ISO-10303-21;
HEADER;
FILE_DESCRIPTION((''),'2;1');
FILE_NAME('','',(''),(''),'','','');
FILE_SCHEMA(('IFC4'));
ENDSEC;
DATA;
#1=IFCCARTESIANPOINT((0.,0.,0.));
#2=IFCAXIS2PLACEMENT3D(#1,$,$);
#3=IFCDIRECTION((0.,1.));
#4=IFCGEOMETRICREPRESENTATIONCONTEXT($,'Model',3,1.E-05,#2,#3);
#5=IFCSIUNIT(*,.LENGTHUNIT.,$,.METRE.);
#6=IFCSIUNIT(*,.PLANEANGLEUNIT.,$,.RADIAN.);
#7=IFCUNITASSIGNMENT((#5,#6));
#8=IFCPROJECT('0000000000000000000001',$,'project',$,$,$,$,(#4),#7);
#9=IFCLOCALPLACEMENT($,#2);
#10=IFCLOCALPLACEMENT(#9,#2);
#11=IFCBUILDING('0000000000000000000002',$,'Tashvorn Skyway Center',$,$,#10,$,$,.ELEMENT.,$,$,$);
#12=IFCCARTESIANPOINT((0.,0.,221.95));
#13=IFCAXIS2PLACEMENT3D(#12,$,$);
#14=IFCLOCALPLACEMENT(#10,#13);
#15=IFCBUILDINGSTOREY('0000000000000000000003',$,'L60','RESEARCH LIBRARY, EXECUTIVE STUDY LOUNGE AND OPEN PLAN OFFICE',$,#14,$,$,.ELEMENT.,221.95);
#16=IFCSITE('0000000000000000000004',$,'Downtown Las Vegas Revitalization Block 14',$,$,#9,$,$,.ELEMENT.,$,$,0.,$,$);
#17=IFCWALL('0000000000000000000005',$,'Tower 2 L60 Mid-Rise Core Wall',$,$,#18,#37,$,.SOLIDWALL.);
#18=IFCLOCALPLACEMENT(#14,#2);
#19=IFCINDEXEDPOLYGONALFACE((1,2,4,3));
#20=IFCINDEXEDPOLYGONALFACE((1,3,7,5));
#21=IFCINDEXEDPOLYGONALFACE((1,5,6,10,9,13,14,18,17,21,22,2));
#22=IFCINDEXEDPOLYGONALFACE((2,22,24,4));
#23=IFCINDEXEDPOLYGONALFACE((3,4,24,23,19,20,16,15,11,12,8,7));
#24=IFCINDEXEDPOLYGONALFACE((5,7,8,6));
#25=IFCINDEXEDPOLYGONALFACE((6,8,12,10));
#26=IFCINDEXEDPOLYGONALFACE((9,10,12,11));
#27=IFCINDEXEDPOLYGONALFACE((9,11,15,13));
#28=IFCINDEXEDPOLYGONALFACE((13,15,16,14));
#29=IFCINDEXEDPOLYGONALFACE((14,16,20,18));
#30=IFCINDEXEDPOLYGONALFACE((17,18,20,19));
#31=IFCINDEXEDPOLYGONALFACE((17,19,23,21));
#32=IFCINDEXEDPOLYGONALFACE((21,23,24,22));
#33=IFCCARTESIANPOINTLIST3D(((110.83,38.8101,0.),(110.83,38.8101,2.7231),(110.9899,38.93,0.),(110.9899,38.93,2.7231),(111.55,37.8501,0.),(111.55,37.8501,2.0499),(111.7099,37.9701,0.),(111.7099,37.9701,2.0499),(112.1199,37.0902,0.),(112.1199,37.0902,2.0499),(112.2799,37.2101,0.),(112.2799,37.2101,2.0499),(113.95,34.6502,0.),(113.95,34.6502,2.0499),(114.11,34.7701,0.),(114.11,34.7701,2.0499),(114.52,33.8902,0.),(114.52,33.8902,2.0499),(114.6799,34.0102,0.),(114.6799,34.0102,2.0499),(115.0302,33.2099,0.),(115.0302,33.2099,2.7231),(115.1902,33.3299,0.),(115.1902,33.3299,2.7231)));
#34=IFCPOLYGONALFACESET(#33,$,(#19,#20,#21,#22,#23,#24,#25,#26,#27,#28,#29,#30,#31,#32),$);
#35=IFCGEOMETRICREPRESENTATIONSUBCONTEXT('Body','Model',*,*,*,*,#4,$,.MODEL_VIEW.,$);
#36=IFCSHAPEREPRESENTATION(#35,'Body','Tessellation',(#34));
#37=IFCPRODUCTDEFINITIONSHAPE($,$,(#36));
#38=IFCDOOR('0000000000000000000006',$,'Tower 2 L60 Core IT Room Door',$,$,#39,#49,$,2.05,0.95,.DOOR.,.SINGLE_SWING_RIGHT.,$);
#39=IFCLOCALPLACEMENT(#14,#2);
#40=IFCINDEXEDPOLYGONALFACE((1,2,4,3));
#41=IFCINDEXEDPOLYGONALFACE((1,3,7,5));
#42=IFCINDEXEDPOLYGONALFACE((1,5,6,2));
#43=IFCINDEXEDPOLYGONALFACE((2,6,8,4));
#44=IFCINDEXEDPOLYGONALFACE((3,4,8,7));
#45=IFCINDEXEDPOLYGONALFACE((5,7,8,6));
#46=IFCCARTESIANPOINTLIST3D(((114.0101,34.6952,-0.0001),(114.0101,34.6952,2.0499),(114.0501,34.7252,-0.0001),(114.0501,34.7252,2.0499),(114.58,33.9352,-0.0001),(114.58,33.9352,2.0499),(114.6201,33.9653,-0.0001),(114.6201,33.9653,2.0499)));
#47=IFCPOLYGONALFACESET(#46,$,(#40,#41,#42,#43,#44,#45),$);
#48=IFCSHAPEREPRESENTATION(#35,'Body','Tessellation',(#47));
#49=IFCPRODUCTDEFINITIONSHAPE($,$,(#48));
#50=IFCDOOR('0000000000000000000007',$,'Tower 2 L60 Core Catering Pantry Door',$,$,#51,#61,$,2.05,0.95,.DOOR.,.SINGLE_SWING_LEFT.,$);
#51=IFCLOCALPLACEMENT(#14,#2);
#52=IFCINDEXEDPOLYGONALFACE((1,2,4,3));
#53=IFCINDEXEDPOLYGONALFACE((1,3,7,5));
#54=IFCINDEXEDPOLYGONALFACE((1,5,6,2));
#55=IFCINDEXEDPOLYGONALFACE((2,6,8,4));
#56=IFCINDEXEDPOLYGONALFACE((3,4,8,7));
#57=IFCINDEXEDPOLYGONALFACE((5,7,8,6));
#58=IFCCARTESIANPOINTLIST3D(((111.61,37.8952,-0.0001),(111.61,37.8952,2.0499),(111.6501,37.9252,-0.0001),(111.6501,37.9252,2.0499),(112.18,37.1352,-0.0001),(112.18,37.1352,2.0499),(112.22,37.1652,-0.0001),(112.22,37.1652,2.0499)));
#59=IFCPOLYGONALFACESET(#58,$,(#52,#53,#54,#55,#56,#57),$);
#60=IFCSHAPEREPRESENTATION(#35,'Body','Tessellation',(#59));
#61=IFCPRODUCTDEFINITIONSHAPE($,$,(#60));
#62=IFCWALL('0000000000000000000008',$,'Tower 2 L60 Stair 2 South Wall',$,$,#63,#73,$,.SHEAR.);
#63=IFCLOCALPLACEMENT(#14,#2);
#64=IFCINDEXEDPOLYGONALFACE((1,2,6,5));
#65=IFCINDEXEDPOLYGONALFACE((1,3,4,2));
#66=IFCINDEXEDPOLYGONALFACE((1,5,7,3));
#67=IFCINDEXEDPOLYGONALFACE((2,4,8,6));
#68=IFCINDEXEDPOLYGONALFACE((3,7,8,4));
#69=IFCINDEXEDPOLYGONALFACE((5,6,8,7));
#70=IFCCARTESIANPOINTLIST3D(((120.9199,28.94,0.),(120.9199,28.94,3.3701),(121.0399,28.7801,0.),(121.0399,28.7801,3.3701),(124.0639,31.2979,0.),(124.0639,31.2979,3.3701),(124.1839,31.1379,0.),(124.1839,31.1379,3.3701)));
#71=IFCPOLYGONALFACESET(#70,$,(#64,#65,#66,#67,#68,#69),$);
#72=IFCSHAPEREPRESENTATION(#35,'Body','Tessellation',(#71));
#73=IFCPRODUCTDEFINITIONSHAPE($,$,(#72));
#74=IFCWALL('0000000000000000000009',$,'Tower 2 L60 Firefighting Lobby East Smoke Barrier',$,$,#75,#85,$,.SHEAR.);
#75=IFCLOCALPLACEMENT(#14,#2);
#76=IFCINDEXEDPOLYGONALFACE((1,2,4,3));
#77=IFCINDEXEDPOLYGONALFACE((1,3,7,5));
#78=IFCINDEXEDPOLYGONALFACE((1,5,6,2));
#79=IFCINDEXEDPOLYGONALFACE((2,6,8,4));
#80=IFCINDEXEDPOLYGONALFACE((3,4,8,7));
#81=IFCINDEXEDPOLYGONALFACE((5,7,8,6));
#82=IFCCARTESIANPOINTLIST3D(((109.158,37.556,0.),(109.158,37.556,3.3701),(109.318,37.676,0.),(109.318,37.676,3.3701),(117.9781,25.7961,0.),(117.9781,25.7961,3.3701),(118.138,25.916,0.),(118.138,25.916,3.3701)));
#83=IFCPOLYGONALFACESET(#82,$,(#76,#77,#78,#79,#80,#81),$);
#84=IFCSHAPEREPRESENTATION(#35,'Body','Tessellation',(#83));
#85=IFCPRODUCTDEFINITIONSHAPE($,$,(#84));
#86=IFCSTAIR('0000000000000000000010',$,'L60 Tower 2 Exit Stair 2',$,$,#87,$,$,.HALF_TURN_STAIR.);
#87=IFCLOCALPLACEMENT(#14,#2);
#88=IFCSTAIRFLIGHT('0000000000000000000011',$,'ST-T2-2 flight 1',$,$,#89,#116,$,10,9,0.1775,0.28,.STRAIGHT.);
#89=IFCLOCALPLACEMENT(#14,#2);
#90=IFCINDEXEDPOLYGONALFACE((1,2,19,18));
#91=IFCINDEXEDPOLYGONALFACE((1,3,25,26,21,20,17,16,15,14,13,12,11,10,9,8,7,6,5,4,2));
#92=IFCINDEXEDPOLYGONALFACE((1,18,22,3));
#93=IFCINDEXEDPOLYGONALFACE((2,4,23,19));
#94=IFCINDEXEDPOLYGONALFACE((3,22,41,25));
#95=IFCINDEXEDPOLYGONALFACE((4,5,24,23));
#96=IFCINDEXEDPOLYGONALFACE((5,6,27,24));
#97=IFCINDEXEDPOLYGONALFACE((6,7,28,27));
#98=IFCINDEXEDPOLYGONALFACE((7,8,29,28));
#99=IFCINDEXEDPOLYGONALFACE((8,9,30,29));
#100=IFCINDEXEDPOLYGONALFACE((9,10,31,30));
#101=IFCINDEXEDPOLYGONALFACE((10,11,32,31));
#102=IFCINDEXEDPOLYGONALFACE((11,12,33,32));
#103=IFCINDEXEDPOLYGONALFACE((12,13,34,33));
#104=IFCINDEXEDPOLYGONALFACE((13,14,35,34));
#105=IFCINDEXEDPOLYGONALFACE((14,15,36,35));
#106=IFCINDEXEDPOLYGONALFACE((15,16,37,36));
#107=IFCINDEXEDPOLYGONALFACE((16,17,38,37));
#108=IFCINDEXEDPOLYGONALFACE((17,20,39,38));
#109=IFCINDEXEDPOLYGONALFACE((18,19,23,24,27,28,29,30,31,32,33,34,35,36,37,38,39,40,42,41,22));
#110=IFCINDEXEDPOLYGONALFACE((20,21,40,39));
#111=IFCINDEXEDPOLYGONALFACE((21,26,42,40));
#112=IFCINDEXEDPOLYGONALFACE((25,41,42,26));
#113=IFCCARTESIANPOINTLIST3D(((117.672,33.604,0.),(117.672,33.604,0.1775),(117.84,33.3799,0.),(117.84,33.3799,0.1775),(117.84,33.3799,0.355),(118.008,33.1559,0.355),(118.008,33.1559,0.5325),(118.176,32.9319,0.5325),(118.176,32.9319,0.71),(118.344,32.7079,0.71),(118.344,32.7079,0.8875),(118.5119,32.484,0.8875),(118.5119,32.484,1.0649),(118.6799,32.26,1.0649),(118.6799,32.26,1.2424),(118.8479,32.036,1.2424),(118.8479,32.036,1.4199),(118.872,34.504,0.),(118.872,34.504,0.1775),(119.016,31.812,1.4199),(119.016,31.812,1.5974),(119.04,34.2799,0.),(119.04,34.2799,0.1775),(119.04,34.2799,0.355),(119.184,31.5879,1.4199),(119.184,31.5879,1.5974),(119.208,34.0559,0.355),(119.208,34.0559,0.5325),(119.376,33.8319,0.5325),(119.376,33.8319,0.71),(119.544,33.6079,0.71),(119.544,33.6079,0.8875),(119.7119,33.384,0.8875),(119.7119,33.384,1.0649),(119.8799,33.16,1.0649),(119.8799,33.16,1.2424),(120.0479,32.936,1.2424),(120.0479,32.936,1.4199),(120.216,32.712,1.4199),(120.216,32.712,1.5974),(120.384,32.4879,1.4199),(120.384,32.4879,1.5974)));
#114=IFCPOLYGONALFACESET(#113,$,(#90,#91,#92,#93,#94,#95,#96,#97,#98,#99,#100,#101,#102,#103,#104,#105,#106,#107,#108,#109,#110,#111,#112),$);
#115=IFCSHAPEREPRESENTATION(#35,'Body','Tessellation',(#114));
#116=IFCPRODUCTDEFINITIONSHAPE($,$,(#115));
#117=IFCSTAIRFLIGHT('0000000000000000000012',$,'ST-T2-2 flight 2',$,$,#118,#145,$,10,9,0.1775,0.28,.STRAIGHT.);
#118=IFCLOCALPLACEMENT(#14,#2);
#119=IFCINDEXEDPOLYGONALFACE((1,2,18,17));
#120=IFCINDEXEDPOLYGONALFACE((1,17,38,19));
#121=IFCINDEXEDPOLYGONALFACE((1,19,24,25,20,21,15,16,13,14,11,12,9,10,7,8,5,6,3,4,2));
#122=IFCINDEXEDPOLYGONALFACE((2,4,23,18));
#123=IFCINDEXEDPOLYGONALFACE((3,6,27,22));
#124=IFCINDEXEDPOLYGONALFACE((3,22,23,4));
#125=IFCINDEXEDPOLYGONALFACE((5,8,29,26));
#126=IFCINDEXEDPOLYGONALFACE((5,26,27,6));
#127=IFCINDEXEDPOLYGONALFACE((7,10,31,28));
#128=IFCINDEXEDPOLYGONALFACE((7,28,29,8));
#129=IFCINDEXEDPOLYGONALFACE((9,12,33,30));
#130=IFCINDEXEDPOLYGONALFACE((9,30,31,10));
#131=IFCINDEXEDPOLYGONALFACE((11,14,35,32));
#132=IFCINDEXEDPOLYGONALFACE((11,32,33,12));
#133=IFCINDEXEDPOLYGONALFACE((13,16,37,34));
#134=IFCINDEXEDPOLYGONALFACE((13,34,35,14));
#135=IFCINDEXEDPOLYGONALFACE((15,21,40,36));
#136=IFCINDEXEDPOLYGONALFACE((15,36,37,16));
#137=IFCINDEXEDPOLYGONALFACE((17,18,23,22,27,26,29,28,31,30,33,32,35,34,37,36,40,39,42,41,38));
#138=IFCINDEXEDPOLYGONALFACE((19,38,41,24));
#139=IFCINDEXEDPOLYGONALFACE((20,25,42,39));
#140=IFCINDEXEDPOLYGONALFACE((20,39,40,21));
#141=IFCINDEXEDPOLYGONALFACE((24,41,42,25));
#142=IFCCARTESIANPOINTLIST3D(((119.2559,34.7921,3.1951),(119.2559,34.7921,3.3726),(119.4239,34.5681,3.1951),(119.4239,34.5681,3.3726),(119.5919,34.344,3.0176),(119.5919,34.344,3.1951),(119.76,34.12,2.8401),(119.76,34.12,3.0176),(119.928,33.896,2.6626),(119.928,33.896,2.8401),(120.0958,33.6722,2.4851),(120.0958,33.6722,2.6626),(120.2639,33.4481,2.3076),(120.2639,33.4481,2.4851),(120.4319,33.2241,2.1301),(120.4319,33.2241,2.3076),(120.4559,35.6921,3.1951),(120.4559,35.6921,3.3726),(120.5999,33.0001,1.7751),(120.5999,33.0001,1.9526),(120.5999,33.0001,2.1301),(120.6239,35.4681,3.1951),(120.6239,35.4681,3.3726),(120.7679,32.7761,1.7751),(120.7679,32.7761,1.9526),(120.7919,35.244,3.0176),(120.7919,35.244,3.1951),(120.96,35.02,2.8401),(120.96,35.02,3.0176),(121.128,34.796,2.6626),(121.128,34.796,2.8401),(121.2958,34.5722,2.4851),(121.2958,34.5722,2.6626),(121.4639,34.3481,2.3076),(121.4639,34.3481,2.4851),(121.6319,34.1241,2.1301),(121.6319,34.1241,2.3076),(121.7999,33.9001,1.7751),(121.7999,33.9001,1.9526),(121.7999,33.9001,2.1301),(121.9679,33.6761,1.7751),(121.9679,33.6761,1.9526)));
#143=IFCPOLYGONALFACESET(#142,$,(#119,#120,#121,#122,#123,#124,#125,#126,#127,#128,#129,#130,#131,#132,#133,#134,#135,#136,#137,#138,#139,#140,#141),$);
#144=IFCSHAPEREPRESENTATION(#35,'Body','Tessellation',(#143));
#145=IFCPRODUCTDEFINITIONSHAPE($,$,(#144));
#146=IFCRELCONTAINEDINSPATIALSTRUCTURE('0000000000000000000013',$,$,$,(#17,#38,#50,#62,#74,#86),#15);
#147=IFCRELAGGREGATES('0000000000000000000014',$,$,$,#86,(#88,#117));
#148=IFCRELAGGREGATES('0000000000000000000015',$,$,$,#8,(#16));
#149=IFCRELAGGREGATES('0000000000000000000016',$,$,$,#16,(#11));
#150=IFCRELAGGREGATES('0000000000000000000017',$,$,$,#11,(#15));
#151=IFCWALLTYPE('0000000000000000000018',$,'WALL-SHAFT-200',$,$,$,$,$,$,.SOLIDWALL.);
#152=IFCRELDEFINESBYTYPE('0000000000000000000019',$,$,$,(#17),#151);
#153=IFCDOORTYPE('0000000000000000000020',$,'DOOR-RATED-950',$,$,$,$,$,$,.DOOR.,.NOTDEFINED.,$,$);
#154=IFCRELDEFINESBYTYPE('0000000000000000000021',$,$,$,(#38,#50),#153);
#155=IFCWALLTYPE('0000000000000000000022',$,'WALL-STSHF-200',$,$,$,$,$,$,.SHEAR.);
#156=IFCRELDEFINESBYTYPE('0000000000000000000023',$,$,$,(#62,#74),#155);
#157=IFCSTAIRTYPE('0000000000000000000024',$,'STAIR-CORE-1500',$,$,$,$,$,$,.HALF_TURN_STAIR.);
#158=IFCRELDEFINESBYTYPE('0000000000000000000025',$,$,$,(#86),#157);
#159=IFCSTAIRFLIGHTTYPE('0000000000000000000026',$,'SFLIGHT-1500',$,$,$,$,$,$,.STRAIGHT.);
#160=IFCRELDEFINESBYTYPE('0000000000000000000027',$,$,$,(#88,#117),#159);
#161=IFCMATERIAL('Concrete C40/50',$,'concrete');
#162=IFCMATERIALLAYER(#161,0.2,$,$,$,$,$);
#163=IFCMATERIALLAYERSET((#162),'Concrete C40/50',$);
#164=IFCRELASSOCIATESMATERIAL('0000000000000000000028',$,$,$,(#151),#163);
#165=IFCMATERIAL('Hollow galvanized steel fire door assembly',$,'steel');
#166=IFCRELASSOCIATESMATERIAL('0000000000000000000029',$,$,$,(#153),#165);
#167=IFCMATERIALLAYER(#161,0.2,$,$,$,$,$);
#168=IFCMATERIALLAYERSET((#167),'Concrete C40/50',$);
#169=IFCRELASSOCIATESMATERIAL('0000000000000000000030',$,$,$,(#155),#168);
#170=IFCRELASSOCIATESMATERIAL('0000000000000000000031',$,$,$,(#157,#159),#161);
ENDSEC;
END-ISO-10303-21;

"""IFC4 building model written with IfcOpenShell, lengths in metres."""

from ifc_helpers import new_model, si_unit, direction, frame, frame_2d, origin, place, context, subcontext, project, spatial, polyline, rectangle, outline, extrude, material, layer, layer_set, type_object, element, fill, aggregate, save


model = new_model("IFC4")

# Units and contexts
model_context = context("Model", 3, precision=1e-05, world=origin(), true_north=direction((0.0, 1.0)))
body_context = subcontext(model_context, "Body", "Model", "MODEL_VIEW")
ifc_project = project(units=[si_unit("LENGTHUNIT", "METRE"), si_unit("PLANEANGLEUNIT", "RADIAN")], contexts=[model_context])

# Site, building, storey
site_placement = place(None, origin())
site = spatial("IfcSite", under=ifc_project, at=site_placement, Name="Downtown Las Vegas Revitalization Block 14", CompositionType="ELEMENT", RefElevation=0.0)
building_placement = place(site_placement, origin())
building = spatial("IfcBuilding", under=site, at=building_placement, Name="Tashvorn Skyway Center", CompositionType="ELEMENT")
storey_placement = place(building_placement, frame((0.0, 0.0, 221.95)))
storey = spatial("IfcBuildingStorey", under=building, at=storey_placement, Name="L60", Description="RESEARCH LIBRARY, EXECUTIVE STUDY LOUNGE AND OPEN PLAN OFFICE", CompositionType="ELEMENT", Elevation=221.95)

# Shared definitions
ifc_material_1 = material(Name="Concrete C40/50", Category="concrete")
ifc_material_2 = material(Name="Hollow galvanized steel fire door assembly", Category="steel")

# Wall, openings, doors
ifc_layer_1 = layer(ifc_material_1, 0.2)
ifc_layer_set_1 = layer_set([ifc_layer_1], Name="Concrete C40/50")
wall_type_1 = type_object("IfcWallType", Name="WALL-SHAFT-200", PredefinedType="SOLIDWALL", material=ifc_layer_set_1)
door_type_1 = type_object("IfcDoorType", Name="DOOR-RATED-950", OperationType="NOTDEFINED", PredefinedType="DOOR", material=ifc_material_2)
wall_1_placement = place(storey_placement, frame((115.1101, 33.27, 0.0), z_axis=(0.0, 0.0, 1.0), x_axis=(-0.600011, 0.799992, 0.0)))
wall_1 = element("IfcWall", 1, at=wall_1_placement, inside=storey, type_object=wall_type_1, Name="Tower 2 L60 Mid-Rise Core Wall", PredefinedType="SOLIDWALL", context=body_context, shape_type="SweptSolid", body=[
    extrude(rectangle(XDim=7.0002, YDim=0.2, at=frame_2d((3.5, 0.0))), origin(), (0.0, 0.0, 1.0), 2.7231),
])
opening_1_placement = place(wall_1_placement, frame((0.8501, 0.0, 0.0)))
opening_1 = element("IfcOpeningElement", 2, at=opening_1_placement, cuts=wall_1, PredefinedType="OPENING", context=body_context, shape_type="SweptSolid", body=[
    extrude(rectangle(XDim=0.95, YDim=2.05, at=frame_2d((0.4751, 1.0249))), frame((0.0, 0.1099, 0.0), z_axis=(0.0, -1.0, 0.0), x_axis=(1.0, 0.0, 0.0)), (0.0, 0.0, 1.0), 0.22),
])
opening_2_placement = place(wall_1_placement, frame((4.8501, 0.0, 0.0)))
opening_2 = element("IfcOpeningElement", 3, at=opening_2_placement, cuts=wall_1, PredefinedType="OPENING", context=body_context, shape_type="SweptSolid", body=[
    extrude(rectangle(XDim=0.95, YDim=2.05, at=frame_2d((0.4751, 1.0249))), frame((0.0, 0.1099, 0.0), z_axis=(0.0, -1.0, 0.0), x_axis=(1.0, 0.0, 0.0)), (0.0, 0.0, 1.0), 0.22),
])
door_1_placement = place(opening_1_placement, origin())
door_1 = element("IfcDoor", 4, at=door_1_placement, inside=storey, type_object=door_type_1, Name="Tower 2 L60 Core IT Room Door", OperationType="SINGLE_SWING_RIGHT", OverallHeight=2.05, OverallWidth=0.95, PredefinedType="DOOR", context=body_context, shape_type="SweptSolid", body=[
    extrude(rectangle(XDim=0.95, YDim=2.05, at=frame_2d((0.4751, 1.0249))), frame((0.0, 0.0249, 0.0), z_axis=(0.0, -1.0, 0.0), x_axis=(1.0, 0.0, 0.0)), (0.0, 0.0, 1.0), 0.05),
])
fill(opening_1, door_1)
door_2_placement = place(opening_2_placement, origin())
door_2 = element("IfcDoor", 5, at=door_2_placement, inside=storey, type_object=door_type_1, Name="Tower 2 L60 Core Catering Pantry Door", OperationType="SINGLE_SWING_LEFT", OverallHeight=2.05, OverallWidth=0.95, PredefinedType="DOOR", context=body_context, shape_type="SweptSolid", body=[
    extrude(rectangle(XDim=0.95, YDim=2.05, at=frame_2d((0.4751, 1.0249))), frame((0.0, 0.0249, 0.0), z_axis=(0.0, -1.0, 0.0), x_axis=(1.0, 0.0, 0.0)), (0.0, 0.0, 1.0), 0.05),
])
fill(opening_2, door_2)

# Walls
ifc_layer_2 = layer(ifc_material_1, 0.2)
ifc_layer_set_2 = layer_set([ifc_layer_2], Name="Concrete C40/50")
wall_type_2 = type_object("IfcWallType", Name="WALL-STSHF-200", PredefinedType="SHEAR", material=ifc_layer_set_2)
wall_2_placement = place(storey_placement, frame((120.98, 28.8601, 0.0), z_axis=(0.0, 0.0, 1.0), x_axis=(0.800015, 0.59998, 0.0)))
element("IfcWall", 6, at=wall_2_placement, inside=storey, type_object=wall_type_2, Name="Tower 2 L60 Stair 2 South Wall", PredefinedType="SHEAR", context=body_context, shape_type="SweptSolid", body=[
    extrude(rectangle(XDim=3.9299, YDim=0.2, at=frame_2d((1.9648, 0.0))), origin(), (0.0, 0.0, 1.0), 3.3701),
])
wall_3_placement = place(storey_placement, frame((118.0581, 25.856, 0.0), z_axis=(0.0, 0.0, 1.0), x_axis=(-0.600003, 0.799998, 0.0)))
element("IfcWall", 7, at=wall_3_placement, inside=storey, type_object=wall_type_2, Name="Tower 2 L60 Firefighting Lobby East Smoke Barrier", PredefinedType="SHEAR", context=body_context, shape_type="SweptSolid", body=[
    extrude(rectangle(XDim=14.7, YDim=0.2, at=frame_2d((7.3501, 0.0))), origin(), (0.0, 0.0, 1.0), 3.3701),
])

# Stair, stair flights
stair_type = type_object("IfcStairType", Name="STAIR-CORE-1500", PredefinedType="HALF_TURN_STAIR", material=ifc_material_1)
stair_placement = place(storey_placement, origin())
stair = element("IfcStair", 8, at=stair_placement, inside=storey, type_object=stair_type, Name="L60 Tower 2 Exit Stair 2", PredefinedType="HALF_TURN_STAIR")
stair_flight_type = type_object("IfcStairFlightType", Name="SFLIGHT-1500", PredefinedType="STRAIGHT", material=ifc_material_1)
stair_flight_1_placement = place(storey_placement, frame((118.272, 34.054, 0.0), z_axis=(0.0, 0.0, 1.0), x_axis=(0.6, -0.8, 0.0)))
stair_flight_1 = element("IfcStairFlight", 9, at=stair_flight_1_placement, type_object=stair_flight_type, Name="ST-T2-2 flight 1", NumberOfRisers=10, NumberOfTreads=9, PredefinedType="STRAIGHT", RiserHeight=0.1775, TreadLength=0.28, context=body_context, shape_type="SweptSolid", body=[
    extrude(outline(polyline([(0.0, 0.0), (0.0, 0.1775), (0.28, 0.1775), (0.28, 0.355), (0.5601, 0.355), (0.5601, 0.5325), (0.8401, 0.5325), (0.8401, 0.71), (1.1201, 0.71), (1.1201, 0.8875), (1.3999, 0.8875), (1.3999, 1.0649), (1.6799, 1.0649), (1.6799, 1.2424), (1.96, 1.2424), (1.96, 1.4199), (2.24, 1.4199), (2.24, 1.5974), (2.52, 1.5974), (2.52, 1.7749), (2.52, 1.4199), (0.28, 0.0), (0.0, 0.0)])), frame((0.0, 0.75, 0.0), z_axis=(0.0, -1.0, 0.0), x_axis=(1.0, 0.0, 0.0)), (0.0, 0.0, 1.0), 1.5),
])
stair_flight_2_placement = place(storey_placement, frame((121.3679, 33.2261, 1.7751), z_axis=(0.0, 0.0, 1.0), x_axis=(-0.6, 0.8, 0.0)))
stair_flight_2 = element("IfcStairFlight", 10, at=stair_flight_2_placement, type_object=stair_flight_type, Name="ST-T2-2 flight 2", NumberOfRisers=10, NumberOfTreads=9, PredefinedType="STRAIGHT", RiserHeight=0.1775, TreadLength=0.28, context=body_context, shape_type="SweptSolid", body=[
    extrude(outline(polyline([(0.0, 0.0), (0.0, 0.1775), (0.28, 0.1775), (0.28, 0.355), (0.5601, 0.355), (0.5601, 0.5325), (0.8401, 0.5325), (0.8401, 0.71), (1.1201, 0.71), (1.1201, 0.8875), (1.3999, 0.8875), (1.3999, 1.0649), (1.6799, 1.0649), (1.6799, 1.2424), (1.96, 1.2424), (1.96, 1.4199), (2.24, 1.4199), (2.24, 1.5974), (2.52, 1.5974), (2.52, 1.7749), (2.52, 1.4199), (0.28, 0.0), (0.0, 0.0)])), frame((0.0, 0.75, 0.0), z_axis=(0.0, -1.0, 0.0), x_axis=(1.0, 0.0, 0.0)), (0.0, 0.0, 1.0), 1.5),
])
aggregate(stair, [stair_flight_1, stair_flight_2])

save(model, "model.ifc")
